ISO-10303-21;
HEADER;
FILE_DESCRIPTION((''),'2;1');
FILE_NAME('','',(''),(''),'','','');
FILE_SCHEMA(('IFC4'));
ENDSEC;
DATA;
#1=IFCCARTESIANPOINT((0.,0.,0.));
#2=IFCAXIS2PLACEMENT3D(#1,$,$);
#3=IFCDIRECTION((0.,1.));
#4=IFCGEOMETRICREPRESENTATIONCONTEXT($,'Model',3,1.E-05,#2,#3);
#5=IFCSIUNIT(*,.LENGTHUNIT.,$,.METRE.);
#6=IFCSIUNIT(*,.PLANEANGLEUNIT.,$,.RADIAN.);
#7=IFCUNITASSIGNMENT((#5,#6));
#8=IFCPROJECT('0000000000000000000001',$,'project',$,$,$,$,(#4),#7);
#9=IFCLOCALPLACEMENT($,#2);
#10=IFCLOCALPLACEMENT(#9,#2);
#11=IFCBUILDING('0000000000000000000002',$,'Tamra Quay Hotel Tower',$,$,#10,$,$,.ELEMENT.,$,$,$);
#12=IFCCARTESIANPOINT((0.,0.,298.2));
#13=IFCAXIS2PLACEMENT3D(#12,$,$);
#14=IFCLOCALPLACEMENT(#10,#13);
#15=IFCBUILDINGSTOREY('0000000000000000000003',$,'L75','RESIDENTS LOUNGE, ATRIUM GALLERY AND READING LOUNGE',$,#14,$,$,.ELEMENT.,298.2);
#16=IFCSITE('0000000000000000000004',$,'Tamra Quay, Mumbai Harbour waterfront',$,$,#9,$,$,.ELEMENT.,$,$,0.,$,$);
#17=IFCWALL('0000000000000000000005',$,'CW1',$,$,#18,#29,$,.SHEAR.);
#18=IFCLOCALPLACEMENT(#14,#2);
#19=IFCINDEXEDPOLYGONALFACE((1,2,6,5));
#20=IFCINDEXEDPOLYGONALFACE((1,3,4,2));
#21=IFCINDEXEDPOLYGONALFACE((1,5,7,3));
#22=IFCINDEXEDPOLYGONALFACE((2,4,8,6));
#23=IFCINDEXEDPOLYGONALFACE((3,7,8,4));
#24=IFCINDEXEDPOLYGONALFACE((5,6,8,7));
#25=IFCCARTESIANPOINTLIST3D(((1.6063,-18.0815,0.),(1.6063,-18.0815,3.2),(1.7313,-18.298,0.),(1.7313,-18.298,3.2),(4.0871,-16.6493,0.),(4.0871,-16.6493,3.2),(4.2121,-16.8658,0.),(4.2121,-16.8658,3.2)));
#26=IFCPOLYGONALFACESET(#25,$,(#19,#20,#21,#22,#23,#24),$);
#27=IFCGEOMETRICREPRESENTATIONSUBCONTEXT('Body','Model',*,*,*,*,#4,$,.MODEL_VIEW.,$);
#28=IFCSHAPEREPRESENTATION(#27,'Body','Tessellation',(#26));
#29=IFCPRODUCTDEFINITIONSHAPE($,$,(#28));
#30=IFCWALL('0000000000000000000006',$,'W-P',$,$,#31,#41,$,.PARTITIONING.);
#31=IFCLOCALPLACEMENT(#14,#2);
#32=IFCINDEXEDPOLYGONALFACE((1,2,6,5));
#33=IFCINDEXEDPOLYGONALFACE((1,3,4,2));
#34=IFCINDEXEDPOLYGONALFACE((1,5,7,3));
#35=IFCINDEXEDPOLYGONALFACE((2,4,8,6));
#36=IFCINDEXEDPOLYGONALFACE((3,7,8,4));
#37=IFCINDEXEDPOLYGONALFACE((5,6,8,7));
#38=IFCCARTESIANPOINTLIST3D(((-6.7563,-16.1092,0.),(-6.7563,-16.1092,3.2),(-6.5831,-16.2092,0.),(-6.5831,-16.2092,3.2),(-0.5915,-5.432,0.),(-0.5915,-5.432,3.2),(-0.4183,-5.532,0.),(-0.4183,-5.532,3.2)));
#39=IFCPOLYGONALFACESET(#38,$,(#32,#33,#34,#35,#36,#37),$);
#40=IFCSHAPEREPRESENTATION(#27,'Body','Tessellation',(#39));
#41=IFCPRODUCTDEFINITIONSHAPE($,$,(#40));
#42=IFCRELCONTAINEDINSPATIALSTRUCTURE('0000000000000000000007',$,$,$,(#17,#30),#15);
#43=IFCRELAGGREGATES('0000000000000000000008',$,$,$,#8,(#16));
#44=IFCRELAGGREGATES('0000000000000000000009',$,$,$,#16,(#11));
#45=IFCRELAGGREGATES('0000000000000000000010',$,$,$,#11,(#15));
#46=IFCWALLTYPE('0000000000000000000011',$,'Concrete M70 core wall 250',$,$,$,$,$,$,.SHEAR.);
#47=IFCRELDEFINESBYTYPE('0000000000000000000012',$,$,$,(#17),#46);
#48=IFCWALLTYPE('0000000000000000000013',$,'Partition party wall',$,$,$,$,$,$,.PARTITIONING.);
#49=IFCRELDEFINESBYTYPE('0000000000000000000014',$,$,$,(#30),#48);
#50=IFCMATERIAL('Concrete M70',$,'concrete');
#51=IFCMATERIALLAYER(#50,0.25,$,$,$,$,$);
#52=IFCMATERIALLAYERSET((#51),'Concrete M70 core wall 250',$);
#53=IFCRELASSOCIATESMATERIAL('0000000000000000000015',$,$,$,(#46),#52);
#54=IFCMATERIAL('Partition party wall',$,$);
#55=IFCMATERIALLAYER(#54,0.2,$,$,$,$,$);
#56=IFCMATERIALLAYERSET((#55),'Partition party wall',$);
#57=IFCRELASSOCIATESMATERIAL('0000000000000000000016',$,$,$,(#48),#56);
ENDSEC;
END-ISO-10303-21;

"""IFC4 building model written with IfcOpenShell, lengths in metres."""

from ifc_helpers import new_model, si_unit, direction, frame, frame_2d, origin, place, context, subcontext, project, spatial, rectangle, extrude, material, layer, layer_set, type_object, element, save


model = new_model("IFC4")

# Units and contexts
model_context = context("Model", 3, precision=1e-05, world=origin(), true_north=direction((0.0, 1.0)))
body_context = subcontext(model_context, "Body", "Model", "MODEL_VIEW")
ifc_project = project(units=[si_unit("LENGTHUNIT", "METRE"), si_unit("PLANEANGLEUNIT", "RADIAN")], contexts=[model_context])

# Site, building, storey
site_placement = place(None, origin())
site = spatial("IfcSite", under=ifc_project, at=site_placement, Name="Tamra Quay, Mumbai Harbour waterfront", CompositionType="ELEMENT", RefElevation=0.0)
building_placement = place(site_placement, origin())
building = spatial("IfcBuilding", under=site, at=building_placement, Name="Tamra Quay Hotel Tower", CompositionType="ELEMENT")
storey_placement = place(building_placement, frame((0.0, 0.0, 298.2)))
storey = spatial("IfcBuildingStorey", under=building, at=storey_placement, Name="L75", Description="RESIDENTS LOUNGE, ATRIUM GALLERY AND READING LOUNGE", CompositionType="ELEMENT", Elevation=298.2)

# Shared definitions
ifc_material_1 = material(Name="Concrete M70", Category="concrete")

# Walls
ifc_layer_1 = layer(ifc_material_1, 0.25)
ifc_layer_set_1 = layer_set([ifc_layer_1], Name="Concrete M70 core wall 250")
wall_type_1 = type_object("IfcWallType", Name="Concrete M70 core wall 250", PredefinedType="SHEAR", material=ifc_layer_set_1)
wall_1_placement = place(storey_placement, frame((1.6689, -18.1897, 0.0), z_axis=(0.0, 0.0, 1.0), x_axis=(0.866042, 0.499971, 0.0)))
element("IfcWall", 1, at=wall_1_placement, inside=storey, type_object=wall_type_1, Name="CW1", PredefinedType="SHEAR", context=body_context, shape_type="SweptSolid", body=[
    extrude(rectangle(XDim=2.8645, YDim=0.25, at=frame_2d((1.4321, 0.0))), origin(), (0.0, 0.0, 1.0), 3.2),
])
ifc_material_2 = material(Name="Partition party wall")
ifc_layer_2 = layer(ifc_material_2, 0.2)
ifc_layer_set_2 = layer_set([ifc_layer_2], Name="Partition party wall")
wall_type_2 = type_object("IfcWallType", Name="Partition party wall", PredefinedType="PARTITIONING", material=ifc_layer_set_2)
wall_2_placement = place(storey_placement, frame((-6.6697, -16.1592, 0.0), z_axis=(0.0, 0.0, 1.0), x_axis=(0.500017, 0.866015, 0.0)))
element("IfcWall", 2, at=wall_2_placement, inside=storey, type_object=wall_type_2, Name="W-P", PredefinedType="PARTITIONING", context=body_context, shape_type="SweptSolid", body=[
    extrude(rectangle(XDim=12.3291, YDim=0.2, at=frame_2d((6.1646, 0.0))), origin(), (0.0, 0.0, 1.0), 3.2),
])

save(model, "model.ifc")
